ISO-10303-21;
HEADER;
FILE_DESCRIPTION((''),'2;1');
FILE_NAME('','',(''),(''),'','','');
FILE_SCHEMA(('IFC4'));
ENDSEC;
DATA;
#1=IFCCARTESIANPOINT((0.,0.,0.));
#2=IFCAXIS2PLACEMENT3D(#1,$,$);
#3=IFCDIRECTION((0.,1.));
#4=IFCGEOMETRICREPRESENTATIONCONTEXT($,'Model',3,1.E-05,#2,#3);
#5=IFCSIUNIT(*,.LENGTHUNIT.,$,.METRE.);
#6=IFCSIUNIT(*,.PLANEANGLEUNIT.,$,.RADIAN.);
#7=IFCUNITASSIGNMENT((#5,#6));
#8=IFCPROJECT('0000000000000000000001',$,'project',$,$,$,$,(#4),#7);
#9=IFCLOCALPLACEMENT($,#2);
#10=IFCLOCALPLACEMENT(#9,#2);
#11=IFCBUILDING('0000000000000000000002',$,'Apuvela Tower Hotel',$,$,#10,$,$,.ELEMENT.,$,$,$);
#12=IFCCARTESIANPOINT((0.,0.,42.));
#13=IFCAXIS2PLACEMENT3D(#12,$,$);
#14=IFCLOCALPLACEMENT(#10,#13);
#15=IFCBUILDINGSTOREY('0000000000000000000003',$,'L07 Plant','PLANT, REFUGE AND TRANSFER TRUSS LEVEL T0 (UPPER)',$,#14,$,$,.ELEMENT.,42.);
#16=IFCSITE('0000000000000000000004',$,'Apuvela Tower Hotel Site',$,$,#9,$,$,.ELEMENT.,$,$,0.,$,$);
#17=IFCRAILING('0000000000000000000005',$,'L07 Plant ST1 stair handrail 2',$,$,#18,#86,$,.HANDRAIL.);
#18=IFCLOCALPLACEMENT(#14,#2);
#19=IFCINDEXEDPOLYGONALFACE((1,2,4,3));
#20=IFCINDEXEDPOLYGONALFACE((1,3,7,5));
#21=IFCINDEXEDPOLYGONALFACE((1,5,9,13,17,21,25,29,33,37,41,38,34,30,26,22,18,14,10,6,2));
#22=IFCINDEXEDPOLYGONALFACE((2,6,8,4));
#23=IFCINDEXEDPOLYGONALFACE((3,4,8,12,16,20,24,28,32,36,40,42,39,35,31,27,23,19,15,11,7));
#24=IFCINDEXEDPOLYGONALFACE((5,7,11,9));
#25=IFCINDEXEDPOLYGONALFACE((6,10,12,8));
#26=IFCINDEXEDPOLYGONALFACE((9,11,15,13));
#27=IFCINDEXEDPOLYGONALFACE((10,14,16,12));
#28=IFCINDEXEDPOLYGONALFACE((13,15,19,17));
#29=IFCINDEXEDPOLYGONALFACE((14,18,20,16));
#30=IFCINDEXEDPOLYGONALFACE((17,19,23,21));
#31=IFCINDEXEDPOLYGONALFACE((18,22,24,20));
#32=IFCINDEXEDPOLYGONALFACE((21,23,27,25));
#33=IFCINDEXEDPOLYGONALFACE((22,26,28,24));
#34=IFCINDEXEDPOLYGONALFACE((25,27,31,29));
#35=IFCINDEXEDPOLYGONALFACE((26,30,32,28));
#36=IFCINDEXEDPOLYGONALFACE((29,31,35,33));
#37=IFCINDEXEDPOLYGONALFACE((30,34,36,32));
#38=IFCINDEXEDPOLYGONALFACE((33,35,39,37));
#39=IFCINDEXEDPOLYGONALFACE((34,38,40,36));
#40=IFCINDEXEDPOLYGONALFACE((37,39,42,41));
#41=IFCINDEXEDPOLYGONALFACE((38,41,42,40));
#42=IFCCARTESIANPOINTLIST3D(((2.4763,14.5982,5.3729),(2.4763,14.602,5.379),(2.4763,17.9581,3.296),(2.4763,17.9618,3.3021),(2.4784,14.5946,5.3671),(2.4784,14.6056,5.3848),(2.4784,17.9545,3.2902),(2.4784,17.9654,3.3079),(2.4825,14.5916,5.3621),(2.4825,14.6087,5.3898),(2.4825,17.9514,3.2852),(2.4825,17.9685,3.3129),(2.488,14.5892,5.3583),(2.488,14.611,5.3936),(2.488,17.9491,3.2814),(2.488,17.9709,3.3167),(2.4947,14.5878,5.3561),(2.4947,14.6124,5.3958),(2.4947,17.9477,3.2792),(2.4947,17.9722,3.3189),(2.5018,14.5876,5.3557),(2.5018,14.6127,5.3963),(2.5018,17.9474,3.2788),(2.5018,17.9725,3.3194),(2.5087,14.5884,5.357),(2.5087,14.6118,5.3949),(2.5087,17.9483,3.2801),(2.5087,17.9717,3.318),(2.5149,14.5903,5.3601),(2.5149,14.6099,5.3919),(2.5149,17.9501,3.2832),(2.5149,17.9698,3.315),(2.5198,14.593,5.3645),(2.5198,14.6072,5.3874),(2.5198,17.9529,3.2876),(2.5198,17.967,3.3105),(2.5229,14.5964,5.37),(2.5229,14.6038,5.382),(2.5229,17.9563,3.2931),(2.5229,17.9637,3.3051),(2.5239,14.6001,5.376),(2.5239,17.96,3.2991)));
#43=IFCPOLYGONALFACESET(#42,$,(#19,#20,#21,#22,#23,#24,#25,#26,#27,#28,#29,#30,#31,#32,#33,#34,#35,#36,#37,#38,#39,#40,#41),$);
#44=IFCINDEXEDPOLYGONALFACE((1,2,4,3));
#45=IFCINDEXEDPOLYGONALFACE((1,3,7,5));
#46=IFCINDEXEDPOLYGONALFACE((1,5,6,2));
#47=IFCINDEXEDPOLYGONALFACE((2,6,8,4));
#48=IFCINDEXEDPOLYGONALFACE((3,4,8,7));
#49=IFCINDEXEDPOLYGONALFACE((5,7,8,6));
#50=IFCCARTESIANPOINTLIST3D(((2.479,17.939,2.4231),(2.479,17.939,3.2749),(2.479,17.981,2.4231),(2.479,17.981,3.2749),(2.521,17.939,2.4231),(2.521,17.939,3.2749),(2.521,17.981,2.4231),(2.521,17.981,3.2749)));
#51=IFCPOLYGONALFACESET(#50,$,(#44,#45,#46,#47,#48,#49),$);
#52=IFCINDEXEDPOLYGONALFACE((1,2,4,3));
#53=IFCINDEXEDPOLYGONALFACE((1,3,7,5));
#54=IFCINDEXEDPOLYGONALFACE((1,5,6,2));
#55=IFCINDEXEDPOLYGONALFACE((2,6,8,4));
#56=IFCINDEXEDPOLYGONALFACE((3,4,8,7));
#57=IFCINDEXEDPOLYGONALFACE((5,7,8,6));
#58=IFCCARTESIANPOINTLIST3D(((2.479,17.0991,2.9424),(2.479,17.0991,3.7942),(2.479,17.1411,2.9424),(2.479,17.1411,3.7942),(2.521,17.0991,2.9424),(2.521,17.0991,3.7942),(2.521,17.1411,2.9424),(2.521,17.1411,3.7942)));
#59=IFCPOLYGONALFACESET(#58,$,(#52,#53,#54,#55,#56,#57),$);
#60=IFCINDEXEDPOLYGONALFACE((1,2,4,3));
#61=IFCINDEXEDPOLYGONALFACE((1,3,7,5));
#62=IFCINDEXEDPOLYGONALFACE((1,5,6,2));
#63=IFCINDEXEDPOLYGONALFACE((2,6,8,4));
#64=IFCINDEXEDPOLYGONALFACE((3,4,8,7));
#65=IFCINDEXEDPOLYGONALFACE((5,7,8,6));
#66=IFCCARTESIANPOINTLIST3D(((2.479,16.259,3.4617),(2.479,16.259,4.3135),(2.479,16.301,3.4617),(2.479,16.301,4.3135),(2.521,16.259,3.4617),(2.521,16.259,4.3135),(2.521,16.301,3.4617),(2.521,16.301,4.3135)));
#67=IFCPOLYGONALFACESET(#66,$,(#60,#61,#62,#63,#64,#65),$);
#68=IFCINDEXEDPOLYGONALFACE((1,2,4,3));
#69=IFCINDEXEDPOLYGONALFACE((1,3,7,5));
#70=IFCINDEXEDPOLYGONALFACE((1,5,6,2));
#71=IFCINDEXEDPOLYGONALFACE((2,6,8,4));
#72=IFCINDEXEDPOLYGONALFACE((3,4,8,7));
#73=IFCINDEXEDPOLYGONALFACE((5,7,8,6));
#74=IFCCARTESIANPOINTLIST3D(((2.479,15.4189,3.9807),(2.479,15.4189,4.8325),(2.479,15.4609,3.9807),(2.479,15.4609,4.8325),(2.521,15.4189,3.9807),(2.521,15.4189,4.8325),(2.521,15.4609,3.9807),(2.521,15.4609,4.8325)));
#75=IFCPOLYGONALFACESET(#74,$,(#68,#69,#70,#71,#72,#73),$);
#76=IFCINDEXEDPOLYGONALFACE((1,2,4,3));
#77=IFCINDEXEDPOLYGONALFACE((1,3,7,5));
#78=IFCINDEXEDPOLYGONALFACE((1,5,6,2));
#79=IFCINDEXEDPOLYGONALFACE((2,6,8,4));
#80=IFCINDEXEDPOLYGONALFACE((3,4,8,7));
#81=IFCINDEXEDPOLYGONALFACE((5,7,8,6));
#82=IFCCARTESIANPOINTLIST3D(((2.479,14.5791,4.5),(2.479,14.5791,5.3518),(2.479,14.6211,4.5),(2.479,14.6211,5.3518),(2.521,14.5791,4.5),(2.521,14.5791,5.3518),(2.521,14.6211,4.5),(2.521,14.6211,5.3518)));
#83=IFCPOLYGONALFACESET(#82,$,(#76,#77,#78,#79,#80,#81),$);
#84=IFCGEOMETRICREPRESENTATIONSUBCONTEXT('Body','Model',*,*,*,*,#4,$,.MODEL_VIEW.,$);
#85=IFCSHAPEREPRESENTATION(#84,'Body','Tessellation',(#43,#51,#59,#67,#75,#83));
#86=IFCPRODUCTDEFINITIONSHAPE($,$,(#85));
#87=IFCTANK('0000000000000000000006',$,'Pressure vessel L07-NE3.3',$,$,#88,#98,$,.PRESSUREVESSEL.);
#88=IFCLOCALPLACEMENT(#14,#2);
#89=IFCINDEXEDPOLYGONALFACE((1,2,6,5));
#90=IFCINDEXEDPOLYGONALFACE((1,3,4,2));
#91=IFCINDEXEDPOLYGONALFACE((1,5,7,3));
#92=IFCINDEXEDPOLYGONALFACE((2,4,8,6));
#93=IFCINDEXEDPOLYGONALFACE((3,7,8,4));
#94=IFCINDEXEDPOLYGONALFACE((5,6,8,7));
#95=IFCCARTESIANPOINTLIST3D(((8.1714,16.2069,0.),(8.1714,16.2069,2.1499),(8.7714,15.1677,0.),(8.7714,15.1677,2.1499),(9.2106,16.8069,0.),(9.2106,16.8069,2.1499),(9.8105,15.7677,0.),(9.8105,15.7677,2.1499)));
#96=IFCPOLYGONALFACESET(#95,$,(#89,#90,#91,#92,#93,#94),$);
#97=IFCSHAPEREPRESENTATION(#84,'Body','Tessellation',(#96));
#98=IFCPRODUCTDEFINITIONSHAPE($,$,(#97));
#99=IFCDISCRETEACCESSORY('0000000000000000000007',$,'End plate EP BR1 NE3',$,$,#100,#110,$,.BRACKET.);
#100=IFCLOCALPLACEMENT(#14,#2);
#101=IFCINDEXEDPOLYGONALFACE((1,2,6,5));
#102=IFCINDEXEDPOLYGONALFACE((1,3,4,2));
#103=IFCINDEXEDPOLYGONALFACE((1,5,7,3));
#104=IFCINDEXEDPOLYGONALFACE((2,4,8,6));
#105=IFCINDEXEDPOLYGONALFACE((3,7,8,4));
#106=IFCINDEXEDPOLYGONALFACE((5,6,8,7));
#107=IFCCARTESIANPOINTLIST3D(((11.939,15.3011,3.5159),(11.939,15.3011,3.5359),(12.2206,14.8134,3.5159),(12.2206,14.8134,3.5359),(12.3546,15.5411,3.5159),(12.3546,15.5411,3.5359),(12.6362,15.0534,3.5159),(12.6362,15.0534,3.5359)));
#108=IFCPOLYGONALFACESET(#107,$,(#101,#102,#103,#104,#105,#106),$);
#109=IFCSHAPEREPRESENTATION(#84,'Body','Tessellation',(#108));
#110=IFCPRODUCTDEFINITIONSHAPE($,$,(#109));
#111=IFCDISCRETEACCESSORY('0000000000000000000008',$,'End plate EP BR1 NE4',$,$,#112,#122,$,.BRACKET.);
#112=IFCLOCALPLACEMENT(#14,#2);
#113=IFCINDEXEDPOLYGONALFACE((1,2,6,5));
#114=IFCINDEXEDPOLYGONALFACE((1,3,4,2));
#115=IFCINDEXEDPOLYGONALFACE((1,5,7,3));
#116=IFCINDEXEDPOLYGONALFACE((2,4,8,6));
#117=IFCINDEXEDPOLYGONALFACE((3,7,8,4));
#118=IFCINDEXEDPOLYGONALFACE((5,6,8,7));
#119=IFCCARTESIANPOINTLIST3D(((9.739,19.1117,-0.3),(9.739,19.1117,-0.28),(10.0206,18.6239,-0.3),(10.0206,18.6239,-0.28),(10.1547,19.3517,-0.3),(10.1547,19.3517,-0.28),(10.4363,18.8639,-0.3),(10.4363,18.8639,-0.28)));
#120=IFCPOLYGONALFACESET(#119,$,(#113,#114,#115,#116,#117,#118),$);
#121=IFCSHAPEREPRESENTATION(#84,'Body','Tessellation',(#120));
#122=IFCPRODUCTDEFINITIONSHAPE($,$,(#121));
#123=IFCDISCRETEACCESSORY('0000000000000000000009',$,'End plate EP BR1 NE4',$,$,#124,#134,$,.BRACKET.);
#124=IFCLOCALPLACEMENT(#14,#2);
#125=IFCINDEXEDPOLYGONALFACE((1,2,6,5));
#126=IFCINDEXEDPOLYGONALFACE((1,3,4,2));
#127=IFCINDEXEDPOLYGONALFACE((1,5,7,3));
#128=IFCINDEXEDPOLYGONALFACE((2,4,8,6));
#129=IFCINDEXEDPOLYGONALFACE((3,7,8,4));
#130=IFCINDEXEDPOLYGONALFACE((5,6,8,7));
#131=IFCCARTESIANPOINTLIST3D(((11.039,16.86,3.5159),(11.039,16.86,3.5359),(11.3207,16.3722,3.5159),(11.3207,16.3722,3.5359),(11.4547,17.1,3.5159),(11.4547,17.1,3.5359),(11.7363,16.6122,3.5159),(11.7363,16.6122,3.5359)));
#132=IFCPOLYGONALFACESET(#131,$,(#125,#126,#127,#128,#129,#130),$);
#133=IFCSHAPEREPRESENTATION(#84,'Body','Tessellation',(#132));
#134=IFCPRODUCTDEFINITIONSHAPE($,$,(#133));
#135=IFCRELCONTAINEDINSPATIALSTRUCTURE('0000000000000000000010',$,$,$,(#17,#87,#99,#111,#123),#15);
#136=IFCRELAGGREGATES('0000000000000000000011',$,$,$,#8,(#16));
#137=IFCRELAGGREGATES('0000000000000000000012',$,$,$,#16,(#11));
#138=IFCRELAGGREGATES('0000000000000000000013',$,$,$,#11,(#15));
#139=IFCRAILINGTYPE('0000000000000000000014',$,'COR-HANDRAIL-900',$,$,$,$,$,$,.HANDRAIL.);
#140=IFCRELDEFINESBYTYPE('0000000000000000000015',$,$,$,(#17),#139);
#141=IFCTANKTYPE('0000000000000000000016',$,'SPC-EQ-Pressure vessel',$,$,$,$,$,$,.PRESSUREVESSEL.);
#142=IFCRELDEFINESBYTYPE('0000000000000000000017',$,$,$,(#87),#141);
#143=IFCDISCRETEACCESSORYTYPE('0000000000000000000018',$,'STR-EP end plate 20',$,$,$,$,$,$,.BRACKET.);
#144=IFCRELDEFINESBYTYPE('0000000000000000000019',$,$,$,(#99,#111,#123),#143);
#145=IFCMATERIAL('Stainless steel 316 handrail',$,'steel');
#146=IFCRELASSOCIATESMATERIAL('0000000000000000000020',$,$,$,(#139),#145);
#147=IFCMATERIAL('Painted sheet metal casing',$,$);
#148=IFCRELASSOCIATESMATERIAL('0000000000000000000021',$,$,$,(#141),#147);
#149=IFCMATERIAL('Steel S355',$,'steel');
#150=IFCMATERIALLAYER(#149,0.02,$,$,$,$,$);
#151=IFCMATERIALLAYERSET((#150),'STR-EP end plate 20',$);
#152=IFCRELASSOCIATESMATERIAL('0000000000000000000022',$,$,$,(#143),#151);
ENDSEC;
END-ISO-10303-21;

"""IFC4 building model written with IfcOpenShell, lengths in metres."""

from ifc_helpers import new_model, si_unit, direction, frame, origin, origin_2d, place, context, subcontext, project, spatial, rectangle, circle, extrude, material, layer, layer_set, type_object, element, save


model = new_model("IFC4")

# Units and contexts
model_context = context("Model", 3, precision=1e-05, world=origin(), true_north=direction((0.0, 1.0)))
body_context = subcontext(model_context, "Body", "Model", "MODEL_VIEW")
ifc_project = project(units=[si_unit("LENGTHUNIT", "METRE"), si_unit("PLANEANGLEUNIT", "RADIAN")], contexts=[model_context])

# Site, building, storey
site_placement = place(None, origin())
site = spatial("IfcSite", under=ifc_project, at=site_placement, Name="Apuvela Tower Hotel Site", CompositionType="ELEMENT", RefElevation=0.0)
building_placement = place(site_placement, origin())
building = spatial("IfcBuilding", under=site, at=building_placement, Name="Apuvela Tower Hotel", CompositionType="ELEMENT")
storey_placement = place(building_placement, frame((0.0, 0.0, 42.0)))
storey = spatial("IfcBuildingStorey", under=building, at=storey_placement, Name="L07 Plant", Description="PLANT, REFUGE AND TRANSFER TRUSS LEVEL T0 (UPPER)", CompositionType="ELEMENT", Elevation=42.0)

# Shared definitions
ifc_material_1 = material(Name="Steel S355", Category="steel")

# Railing
ifc_material_2 = material(Name="Stainless steel 316 handrail", Category="steel")
railing_type_1 = type_object("IfcRailingType", Name="COR-HANDRAIL-900", PredefinedType="HANDRAIL", material=ifc_material_2)
railing_1_placement = place(storey_placement, frame((2.5, 17.96, 2.4231)))
element("IfcRailing", 1, at=railing_1_placement, inside=storey, type_object=railing_type_1, Name="L07 Plant ST1 stair handrail 2", PredefinedType="HANDRAIL", context=body_context, shape_type="SweptSolid", body=[
    extrude(circle(Radius=0.0239, at=origin_2d()), frame((0.0, 0.0, 0.876), z_axis=(0.0, -0.850606, 0.525803), x_axis=(1.0, 0.0, 0.0)), (0.0, 0.0, 1.0), 3.95),
    extrude(rectangle(XDim=0.042, YDim=0.042, at=origin_2d()), origin(), (0.0, 0.0, 1.0), 0.8518),
    extrude(rectangle(XDim=0.042, YDim=0.042, at=origin_2d()), frame((0.0, -0.8398, 0.5193)), (0.0, 0.0, 1.0), 0.8518),
    extrude(rectangle(XDim=0.042, YDim=0.042, at=origin_2d()), frame((0.0, -1.6799, 1.0386)), (0.0, 0.0, 1.0), 0.8518),
    extrude(rectangle(XDim=0.042, YDim=0.042, at=origin_2d()), frame((0.0, -2.52, 1.5576)), (0.0, 0.0, 1.0), 0.8518),
    extrude(rectangle(XDim=0.042, YDim=0.042, at=origin_2d()), frame((0.0, -3.3599, 2.0769)), (0.0, 0.0, 1.0), 0.8518),
])

# Tank
ifc_material_3 = material(Name="Painted sheet metal casing")
tank_type = type_object("IfcTankType", Name="SPC-EQ-Pressure vessel", PredefinedType="PRESSUREVESSEL", material=ifc_material_3)
tank_placement = place(storey_placement, frame((8.991, 15.9873, 0.0), z_axis=(0.0, 0.0, 1.0), x_axis=(-0.5, 0.866025, 0.0)))
element("IfcTank", 2, at=tank_placement, inside=storey, type_object=tank_type, Name="Pressure vessel L07-NE3.3", PredefinedType="PRESSUREVESSEL", context=body_context, shape_type="SweptSolid", body=[
    extrude(rectangle(XDim=1.2, YDim=1.2, at=origin_2d()), origin(), (0.0, 0.0, 1.0), 2.1499),
])

# Discrete accessories
ifc_layer_1 = layer(ifc_material_1, 0.02)
ifc_layer_set_1 = layer_set([ifc_layer_1], Name="STR-EP end plate 20")
discrete_accessory_type = type_object("IfcDiscreteAccessoryType", Name="STR-EP end plate 20", PredefinedType="BRACKET", material=ifc_layer_set_1)
for number, where, z_axis, x_axis, name in (
    (3, (12.2876, 15.1772, 3.5159), (0.0, 0.0, 1.0), (-0.5, 0.866025, 0.0), "End plate EP BR1 NE3"),
    (4, (10.0876, 18.9878, -0.3), (0.0, 0.0, 1.0), (0.5, -0.866025, 0.0), "End plate EP BR1 NE4"),
    (5, (11.3877, 16.7361, 3.5159), (0.0, 0.0, 1.0), (0.5, -0.866025, 0.0), "End plate EP BR1 NE4"),
):
    element("IfcDiscreteAccessory", number, at=place(storey_placement, frame(where, z_axis=z_axis, x_axis=x_axis)), inside=storey, type_object=discrete_accessory_type, Name=name, PredefinedType="BRACKET", context=body_context, shape_type="SweptSolid", body=[
        extrude(rectangle(XDim=0.5632, YDim=0.48, at=origin_2d()), origin(), (0.0, 0.0, 1.0), 0.02),
    ])

save(model, "model.ifc")
